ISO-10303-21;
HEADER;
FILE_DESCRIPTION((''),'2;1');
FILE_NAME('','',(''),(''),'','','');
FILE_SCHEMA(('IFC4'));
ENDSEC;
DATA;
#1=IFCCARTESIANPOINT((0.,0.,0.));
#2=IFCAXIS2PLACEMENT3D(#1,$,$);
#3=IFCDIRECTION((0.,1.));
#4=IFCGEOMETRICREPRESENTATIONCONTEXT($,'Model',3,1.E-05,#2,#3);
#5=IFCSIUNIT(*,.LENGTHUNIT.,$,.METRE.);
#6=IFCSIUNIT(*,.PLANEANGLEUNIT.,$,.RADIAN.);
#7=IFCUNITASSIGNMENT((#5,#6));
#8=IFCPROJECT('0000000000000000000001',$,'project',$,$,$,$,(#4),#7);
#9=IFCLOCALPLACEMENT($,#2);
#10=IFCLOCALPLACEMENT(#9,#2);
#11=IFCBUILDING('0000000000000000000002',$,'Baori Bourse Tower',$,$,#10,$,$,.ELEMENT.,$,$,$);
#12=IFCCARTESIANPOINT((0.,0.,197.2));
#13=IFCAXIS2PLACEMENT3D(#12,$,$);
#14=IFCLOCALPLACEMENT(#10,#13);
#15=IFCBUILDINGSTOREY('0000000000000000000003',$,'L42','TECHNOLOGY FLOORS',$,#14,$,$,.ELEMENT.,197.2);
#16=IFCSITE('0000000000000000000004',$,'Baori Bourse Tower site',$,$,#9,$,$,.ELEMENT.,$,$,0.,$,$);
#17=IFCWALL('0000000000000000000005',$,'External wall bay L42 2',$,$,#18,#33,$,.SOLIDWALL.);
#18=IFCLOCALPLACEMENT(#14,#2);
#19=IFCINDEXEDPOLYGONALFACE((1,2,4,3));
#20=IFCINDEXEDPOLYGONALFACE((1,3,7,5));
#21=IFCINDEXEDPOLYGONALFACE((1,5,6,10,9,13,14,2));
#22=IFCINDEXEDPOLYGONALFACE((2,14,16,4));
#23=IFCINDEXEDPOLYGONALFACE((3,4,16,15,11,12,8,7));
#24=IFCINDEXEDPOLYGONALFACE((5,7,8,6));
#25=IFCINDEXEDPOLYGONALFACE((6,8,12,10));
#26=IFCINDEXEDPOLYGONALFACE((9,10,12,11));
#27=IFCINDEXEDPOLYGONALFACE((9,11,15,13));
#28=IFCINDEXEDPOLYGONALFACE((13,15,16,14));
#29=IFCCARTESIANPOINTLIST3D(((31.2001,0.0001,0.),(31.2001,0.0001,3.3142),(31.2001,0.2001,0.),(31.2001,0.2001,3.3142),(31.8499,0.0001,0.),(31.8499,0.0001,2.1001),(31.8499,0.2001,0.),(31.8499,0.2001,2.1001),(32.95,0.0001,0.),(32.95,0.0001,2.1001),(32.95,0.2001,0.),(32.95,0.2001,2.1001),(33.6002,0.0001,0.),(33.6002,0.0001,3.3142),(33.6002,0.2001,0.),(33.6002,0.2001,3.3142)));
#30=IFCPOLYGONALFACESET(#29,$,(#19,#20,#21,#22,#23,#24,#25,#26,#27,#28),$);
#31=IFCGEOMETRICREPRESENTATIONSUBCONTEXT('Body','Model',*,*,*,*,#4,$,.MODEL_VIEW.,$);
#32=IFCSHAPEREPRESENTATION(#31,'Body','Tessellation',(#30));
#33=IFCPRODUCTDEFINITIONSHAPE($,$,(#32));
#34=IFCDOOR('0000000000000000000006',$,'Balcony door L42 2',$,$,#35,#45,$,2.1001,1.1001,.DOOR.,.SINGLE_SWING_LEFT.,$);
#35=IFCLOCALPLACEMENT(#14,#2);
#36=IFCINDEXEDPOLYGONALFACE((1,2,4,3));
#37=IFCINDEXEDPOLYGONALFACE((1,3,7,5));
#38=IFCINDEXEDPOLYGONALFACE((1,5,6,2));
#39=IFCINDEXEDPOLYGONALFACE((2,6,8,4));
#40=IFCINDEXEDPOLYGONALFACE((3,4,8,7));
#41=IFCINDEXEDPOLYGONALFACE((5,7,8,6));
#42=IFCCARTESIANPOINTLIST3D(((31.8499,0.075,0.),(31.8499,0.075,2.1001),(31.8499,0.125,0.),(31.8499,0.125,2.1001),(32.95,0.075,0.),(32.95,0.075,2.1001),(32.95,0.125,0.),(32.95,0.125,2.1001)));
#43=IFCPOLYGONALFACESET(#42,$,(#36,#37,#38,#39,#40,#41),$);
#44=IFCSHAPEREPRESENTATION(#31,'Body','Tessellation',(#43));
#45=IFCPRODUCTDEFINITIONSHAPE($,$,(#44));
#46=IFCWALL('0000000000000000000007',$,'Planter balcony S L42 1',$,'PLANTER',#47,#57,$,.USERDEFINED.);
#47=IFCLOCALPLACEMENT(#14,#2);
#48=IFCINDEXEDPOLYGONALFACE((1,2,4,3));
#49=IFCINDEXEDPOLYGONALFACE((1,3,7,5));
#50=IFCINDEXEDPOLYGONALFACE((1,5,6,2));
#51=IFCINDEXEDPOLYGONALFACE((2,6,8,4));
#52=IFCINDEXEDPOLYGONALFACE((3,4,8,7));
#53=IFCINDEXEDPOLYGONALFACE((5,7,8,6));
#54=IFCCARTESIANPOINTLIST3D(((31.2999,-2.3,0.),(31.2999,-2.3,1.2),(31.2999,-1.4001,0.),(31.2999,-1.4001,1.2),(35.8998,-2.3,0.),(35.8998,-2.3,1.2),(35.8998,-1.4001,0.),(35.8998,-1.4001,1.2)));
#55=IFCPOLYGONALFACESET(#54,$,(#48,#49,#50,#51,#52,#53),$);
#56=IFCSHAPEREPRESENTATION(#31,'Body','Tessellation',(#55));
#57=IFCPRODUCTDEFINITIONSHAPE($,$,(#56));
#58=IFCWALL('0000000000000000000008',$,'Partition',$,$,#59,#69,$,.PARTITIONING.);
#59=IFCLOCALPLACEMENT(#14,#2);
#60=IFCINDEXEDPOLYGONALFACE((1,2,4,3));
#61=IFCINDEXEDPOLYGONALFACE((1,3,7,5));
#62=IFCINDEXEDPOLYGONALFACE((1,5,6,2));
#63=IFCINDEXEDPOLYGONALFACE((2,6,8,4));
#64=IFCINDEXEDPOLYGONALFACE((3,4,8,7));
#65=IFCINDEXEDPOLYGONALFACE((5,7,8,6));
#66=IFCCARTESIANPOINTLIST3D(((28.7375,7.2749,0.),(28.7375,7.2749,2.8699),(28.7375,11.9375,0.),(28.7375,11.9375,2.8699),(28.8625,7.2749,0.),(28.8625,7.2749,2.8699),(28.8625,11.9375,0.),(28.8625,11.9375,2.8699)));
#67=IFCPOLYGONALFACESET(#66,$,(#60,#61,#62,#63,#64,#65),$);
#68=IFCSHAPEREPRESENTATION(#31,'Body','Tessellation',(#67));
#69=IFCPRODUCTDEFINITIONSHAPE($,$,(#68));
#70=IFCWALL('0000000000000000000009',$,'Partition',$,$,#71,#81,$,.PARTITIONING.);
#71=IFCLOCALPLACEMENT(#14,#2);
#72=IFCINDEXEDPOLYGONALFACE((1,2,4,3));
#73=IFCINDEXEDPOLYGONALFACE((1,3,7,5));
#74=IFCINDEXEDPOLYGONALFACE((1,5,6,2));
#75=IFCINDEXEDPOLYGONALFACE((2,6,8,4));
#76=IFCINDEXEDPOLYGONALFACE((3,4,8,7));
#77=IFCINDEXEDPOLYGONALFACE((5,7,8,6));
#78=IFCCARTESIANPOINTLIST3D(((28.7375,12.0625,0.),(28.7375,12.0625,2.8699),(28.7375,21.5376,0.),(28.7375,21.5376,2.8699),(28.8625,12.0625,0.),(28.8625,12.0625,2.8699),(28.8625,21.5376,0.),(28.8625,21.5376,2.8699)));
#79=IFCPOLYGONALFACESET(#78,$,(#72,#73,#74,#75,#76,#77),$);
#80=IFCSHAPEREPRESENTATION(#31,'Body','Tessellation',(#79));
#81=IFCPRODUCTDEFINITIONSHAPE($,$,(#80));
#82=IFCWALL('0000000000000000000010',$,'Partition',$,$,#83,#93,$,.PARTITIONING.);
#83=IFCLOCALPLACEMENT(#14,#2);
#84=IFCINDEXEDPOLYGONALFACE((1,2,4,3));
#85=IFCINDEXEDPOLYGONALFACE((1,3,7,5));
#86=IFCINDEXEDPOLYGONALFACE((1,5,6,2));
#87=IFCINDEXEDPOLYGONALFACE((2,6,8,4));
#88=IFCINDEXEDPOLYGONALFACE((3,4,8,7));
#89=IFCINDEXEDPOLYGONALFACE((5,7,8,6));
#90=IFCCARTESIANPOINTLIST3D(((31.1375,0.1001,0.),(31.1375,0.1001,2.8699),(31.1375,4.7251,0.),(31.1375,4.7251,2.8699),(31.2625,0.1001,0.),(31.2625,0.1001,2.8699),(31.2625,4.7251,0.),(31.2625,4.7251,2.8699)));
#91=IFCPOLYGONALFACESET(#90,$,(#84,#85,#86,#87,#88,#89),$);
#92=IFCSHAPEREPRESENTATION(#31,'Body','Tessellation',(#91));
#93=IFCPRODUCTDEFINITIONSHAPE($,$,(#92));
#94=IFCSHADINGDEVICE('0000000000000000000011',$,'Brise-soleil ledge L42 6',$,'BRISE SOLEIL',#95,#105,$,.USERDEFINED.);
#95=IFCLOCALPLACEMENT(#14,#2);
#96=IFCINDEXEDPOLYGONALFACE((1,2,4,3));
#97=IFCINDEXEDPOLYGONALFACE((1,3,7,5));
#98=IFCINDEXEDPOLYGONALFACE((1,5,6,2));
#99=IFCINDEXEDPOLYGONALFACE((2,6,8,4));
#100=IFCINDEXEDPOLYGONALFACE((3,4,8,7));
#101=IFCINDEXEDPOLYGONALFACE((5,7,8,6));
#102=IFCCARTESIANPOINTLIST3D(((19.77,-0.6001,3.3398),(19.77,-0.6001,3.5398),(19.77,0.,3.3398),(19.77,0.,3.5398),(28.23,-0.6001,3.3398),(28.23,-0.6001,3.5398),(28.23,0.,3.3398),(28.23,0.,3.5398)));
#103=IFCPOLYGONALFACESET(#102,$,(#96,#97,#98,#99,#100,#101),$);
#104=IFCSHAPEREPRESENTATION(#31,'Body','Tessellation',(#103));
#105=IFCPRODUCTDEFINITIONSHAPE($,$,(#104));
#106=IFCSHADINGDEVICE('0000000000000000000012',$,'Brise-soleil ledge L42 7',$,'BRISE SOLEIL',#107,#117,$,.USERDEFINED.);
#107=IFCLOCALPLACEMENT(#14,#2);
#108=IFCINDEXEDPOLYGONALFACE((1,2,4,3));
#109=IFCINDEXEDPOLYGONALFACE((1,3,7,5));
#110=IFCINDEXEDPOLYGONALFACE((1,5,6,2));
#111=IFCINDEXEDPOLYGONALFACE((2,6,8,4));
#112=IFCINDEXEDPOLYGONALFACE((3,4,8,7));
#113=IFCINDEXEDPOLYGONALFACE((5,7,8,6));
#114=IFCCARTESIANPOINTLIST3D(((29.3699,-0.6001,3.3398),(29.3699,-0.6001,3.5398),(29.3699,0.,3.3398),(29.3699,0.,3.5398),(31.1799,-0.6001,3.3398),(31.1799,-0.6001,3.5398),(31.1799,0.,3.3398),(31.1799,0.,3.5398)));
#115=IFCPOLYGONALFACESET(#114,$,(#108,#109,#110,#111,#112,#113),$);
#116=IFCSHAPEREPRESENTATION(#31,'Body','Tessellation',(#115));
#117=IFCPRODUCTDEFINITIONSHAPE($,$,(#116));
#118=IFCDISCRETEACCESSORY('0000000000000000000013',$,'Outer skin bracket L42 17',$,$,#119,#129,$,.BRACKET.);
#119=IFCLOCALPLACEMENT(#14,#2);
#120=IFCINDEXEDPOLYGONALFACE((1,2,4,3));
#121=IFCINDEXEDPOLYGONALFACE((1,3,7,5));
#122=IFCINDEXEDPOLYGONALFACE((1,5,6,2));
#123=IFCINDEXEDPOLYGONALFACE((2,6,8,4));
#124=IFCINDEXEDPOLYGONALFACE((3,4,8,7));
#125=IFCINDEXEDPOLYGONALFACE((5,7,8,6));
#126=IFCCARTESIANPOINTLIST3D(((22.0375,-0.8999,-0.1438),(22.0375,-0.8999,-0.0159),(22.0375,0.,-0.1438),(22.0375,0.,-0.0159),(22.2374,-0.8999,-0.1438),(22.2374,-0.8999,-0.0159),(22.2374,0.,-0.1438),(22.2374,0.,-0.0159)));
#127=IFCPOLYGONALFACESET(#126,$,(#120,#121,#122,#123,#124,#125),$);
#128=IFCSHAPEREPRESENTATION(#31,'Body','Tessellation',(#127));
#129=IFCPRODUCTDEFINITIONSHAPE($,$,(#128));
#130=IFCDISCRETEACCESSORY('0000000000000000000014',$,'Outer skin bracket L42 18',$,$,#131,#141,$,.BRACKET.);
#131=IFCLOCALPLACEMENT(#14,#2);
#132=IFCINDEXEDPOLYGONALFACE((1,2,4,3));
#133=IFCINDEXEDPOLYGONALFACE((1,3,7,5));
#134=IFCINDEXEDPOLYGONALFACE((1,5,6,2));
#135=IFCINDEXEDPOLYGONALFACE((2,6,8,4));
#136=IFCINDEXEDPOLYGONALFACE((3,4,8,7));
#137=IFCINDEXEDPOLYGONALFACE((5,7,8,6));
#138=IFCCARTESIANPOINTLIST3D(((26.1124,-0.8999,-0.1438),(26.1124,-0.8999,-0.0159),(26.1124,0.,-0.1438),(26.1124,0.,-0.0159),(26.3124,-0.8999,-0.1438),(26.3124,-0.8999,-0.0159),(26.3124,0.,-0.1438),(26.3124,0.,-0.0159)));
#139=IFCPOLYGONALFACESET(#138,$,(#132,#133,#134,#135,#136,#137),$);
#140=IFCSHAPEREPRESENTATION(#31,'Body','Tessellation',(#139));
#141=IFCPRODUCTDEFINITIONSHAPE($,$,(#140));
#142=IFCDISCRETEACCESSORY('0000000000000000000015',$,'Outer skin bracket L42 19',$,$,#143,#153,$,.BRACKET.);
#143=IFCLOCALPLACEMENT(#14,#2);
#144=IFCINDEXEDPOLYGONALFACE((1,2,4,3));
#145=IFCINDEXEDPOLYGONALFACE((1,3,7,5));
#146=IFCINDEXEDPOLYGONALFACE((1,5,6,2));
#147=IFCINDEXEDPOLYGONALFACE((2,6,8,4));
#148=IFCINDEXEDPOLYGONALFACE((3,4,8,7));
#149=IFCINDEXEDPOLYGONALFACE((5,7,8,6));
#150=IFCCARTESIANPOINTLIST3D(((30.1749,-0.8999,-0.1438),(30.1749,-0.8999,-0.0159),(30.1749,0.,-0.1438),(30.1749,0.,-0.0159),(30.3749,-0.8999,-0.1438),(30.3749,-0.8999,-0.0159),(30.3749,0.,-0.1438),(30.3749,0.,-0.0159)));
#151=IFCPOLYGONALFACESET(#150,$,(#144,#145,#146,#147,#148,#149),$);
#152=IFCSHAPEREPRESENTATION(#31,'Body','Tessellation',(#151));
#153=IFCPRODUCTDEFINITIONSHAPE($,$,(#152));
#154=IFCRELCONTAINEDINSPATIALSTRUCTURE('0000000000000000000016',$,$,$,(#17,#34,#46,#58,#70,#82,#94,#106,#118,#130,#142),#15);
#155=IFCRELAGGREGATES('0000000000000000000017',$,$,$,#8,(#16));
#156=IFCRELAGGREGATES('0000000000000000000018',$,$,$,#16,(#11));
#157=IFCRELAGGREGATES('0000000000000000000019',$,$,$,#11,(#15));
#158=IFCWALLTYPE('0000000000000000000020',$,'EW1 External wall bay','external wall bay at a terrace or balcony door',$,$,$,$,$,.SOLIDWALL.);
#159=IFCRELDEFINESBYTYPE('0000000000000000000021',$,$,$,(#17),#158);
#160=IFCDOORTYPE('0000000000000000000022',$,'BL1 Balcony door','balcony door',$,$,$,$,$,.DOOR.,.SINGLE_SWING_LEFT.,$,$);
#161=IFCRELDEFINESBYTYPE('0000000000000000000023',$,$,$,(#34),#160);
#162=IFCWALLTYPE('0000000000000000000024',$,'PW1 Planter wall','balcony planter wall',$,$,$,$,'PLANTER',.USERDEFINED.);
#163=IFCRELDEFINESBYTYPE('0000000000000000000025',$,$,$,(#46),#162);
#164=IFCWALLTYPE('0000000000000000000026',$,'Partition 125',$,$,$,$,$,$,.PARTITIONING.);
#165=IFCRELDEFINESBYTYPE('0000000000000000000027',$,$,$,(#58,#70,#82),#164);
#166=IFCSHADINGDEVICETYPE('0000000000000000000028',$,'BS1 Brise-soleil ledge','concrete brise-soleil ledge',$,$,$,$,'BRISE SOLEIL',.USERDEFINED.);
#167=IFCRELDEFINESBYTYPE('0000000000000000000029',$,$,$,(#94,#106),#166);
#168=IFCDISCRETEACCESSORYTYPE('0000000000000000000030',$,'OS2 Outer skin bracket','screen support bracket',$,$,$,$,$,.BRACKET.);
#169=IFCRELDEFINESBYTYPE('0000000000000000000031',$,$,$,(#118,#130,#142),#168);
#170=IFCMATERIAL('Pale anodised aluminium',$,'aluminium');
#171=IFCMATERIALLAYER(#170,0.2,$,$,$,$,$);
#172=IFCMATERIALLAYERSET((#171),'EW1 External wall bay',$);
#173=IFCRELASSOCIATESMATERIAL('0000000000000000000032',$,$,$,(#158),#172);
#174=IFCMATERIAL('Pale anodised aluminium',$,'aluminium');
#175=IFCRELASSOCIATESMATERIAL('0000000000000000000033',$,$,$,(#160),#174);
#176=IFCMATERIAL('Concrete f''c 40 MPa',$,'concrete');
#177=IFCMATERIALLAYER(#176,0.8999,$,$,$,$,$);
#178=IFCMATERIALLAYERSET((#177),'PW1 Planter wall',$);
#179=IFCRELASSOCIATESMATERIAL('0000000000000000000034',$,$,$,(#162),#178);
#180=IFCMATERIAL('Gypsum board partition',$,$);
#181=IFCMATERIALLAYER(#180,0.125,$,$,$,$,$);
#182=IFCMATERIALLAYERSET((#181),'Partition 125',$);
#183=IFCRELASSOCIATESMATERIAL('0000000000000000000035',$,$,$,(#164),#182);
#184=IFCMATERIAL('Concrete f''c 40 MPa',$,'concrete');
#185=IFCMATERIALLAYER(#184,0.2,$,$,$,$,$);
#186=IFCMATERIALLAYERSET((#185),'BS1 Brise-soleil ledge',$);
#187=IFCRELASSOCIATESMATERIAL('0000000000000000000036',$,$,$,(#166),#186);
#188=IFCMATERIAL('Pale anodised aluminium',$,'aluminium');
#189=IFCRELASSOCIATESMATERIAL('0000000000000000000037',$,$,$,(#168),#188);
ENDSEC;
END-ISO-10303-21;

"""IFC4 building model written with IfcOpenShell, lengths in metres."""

from ifc_helpers import new_model, si_unit, direction, frame, frame_2d, origin, origin_2d, place, context, subcontext, project, spatial, rectangle, extrude, material, layer, layer_set, type_object, element, fill, save


model = new_model("IFC4")

# Units and contexts
model_context = context("Model", 3, precision=1e-05, world=origin(), true_north=direction((0.0, 1.0)))
body_context = subcontext(model_context, "Body", "Model", "MODEL_VIEW")
ifc_project = project(units=[si_unit("LENGTHUNIT", "METRE"), si_unit("PLANEANGLEUNIT", "RADIAN")], contexts=[model_context])

# Site, building, storey
site_placement = place(None, origin())
site = spatial("IfcSite", under=ifc_project, at=site_placement, Name="Baori Bourse Tower site", CompositionType="ELEMENT", RefElevation=0.0)
building_placement = place(site_placement, origin())
building = spatial("IfcBuilding", under=site, at=building_placement, Name="Baori Bourse Tower", CompositionType="ELEMENT")
storey_placement = place(building_placement, frame((0.0, 0.0, 197.2)))
storey = spatial("IfcBuildingStorey", under=building, at=storey_placement, Name="L42", Description="TECHNOLOGY FLOORS", CompositionType="ELEMENT", Elevation=197.2)

# Wall, opening, door
ifc_material_1 = material(Name="Pale anodised aluminium", Category="aluminium")
ifc_layer_1 = layer(ifc_material_1, 0.2)
ifc_layer_set_1 = layer_set([ifc_layer_1], Name="EW1 External wall bay")
wall_type_1 = type_object("IfcWallType", Name="EW1 External wall bay", Description="external wall bay at a terrace or balcony door", PredefinedType="SOLIDWALL", material=ifc_layer_set_1)
wall_1_placement = place(storey_placement, frame((31.2, 0.1001, 0.0), z_axis=(0.0, 0.0, 1.0), x_axis=(1.0, 0.0, 0.0)))
wall_1 = element("IfcWall", 1, at=wall_1_placement, inside=storey, type_object=wall_type_1, Name="External wall bay L42 2", PredefinedType="SOLIDWALL", context=body_context, shape_type="SweptSolid", body=[
    extrude(rectangle(XDim=2.4001, YDim=0.2, at=frame_2d((1.2002, 0.0))), origin(), (0.0, 0.0, 1.0), 3.3142),
])
opening_placement = place(wall_1_placement, frame((0.6499, 0.0, 0.0)))
opening = element("IfcOpeningElement", 2, at=opening_placement, cuts=wall_1, PredefinedType="OPENING", context=body_context, shape_type="SweptSolid", body=[
    extrude(rectangle(XDim=1.1001, YDim=2.1001, at=frame_2d((0.55, 1.05))), frame((0.0, 0.1099, 0.0), z_axis=(0.0, -1.0, 0.0), x_axis=(1.0, 0.0, 0.0)), (0.0, 0.0, 1.0), 0.22),
])
ifc_material_2 = material(Name="Pale anodised aluminium", Category="aluminium")
door_type = type_object("IfcDoorType", Name="BL1 Balcony door", Description="balcony door", OperationType="SINGLE_SWING_LEFT", PredefinedType="DOOR", material=ifc_material_2)
door_placement = place(opening_placement, origin())
door = element("IfcDoor", 3, at=door_placement, inside=storey, type_object=door_type, Name="Balcony door L42 2", OperationType="SINGLE_SWING_LEFT", OverallHeight=2.1001, OverallWidth=1.1001, PredefinedType="DOOR", context=body_context, shape_type="SweptSolid", body=[
    extrude(rectangle(XDim=1.1001, YDim=2.1001, at=frame_2d((0.55, 1.05))), frame((0.0, 0.0249, 0.0), z_axis=(0.0, -1.0, 0.0), x_axis=(1.0, 0.0, 0.0)), (0.0, 0.0, 1.0), 0.05),
])
fill(opening, door)

# Walls
ifc_material_3 = material(Name="Concrete f'c 40 MPa", Category="concrete")
ifc_layer_2 = layer(ifc_material_3, 0.8999)
ifc_layer_set_2 = layer_set([ifc_layer_2], Name="PW1 Planter wall")
wall_type_2 = type_object("IfcWallType", Name="PW1 Planter wall", Description="balcony planter wall", ElementType="PLANTER", PredefinedType="USERDEFINED", material=ifc_layer_set_2)
wall_2_placement = place(storey_placement, frame((31.3, -1.8501, 0.0), z_axis=(0.0, 0.0, 1.0), x_axis=(1.0, 0.0, 0.0)))
element("IfcWall", 4, at=wall_2_placement, inside=storey, type_object=wall_type_2, Name="Planter balcony S L42 1", ObjectType="PLANTER", PredefinedType="USERDEFINED", context=body_context, shape_type="SweptSolid", body=[
    extrude(rectangle(XDim=4.5999, YDim=0.8999, at=frame_2d((2.2998, 0.0))), origin(), (0.0, 0.0, 1.0), 1.2),
])
ifc_material_4 = material(Name="Gypsum board partition")
ifc_layer_3 = layer(ifc_material_4, 0.125)
ifc_layer_set_3 = layer_set([ifc_layer_3], Name="Partition 125")
wall_type_3 = type_object("IfcWallType", Name="Partition 125", PredefinedType="PARTITIONING", material=ifc_layer_set_3)
wall_3_placement = place(storey_placement, frame((28.8, 7.2749, 0.0), z_axis=(0.0, 0.0, 1.0), x_axis=(0.0, 1.0, 0.0)))
element("IfcWall", 5, at=wall_3_placement, inside=storey, type_object=wall_type_3, Name="Partition", PredefinedType="PARTITIONING", context=body_context, shape_type="SweptSolid", body=[
    extrude(rectangle(XDim=4.6626, YDim=0.125, at=frame_2d((2.3313, 0.0))), origin(), (0.0, 0.0, 1.0), 2.8699),
])
wall_4_placement = place(storey_placement, frame((28.8, 12.0625, 0.0), z_axis=(0.0, 0.0, 1.0), x_axis=(0.0, 1.0, 0.0)))
element("IfcWall", 6, at=wall_4_placement, inside=storey, type_object=wall_type_3, Name="Partition", PredefinedType="PARTITIONING", context=body_context, shape_type="SweptSolid", body=[
    extrude(rectangle(XDim=9.4751, YDim=0.125, at=frame_2d((4.7375, 0.0))), origin(), (0.0, 0.0, 1.0), 2.8699),
])
wall_5_placement = place(storey_placement, frame((31.2, 0.1001, 0.0), z_axis=(0.0, 0.0, 1.0), x_axis=(0.0, 1.0, 0.0)))
element("IfcWall", 7, at=wall_5_placement, inside=storey, type_object=wall_type_3, Name="Partition", PredefinedType="PARTITIONING", context=body_context, shape_type="SweptSolid", body=[
    extrude(rectangle(XDim=4.625, YDim=0.125, at=frame_2d((2.3125, 0.0))), origin(), (0.0, 0.0, 1.0), 2.8699),
])

# Shading devices
ifc_material_5 = material(Name="Concrete f'c 40 MPa", Category="concrete")
ifc_layer_4 = layer(ifc_material_5, 0.2)
ifc_layer_set_4 = layer_set([ifc_layer_4], Name="BS1 Brise-soleil ledge")
shading_device_type = type_object("IfcShadingDeviceType", Name="BS1 Brise-soleil ledge", Description="concrete brise-soleil ledge", ElementType="BRISE SOLEIL", PredefinedType="USERDEFINED", material=ifc_layer_set_4)
shading_device_1_placement = place(storey_placement, frame((24.0, -0.3, 3.3398), z_axis=(0.0, 0.0, 1.0), x_axis=(1.0, 0.0, 0.0)))
element("IfcShadingDevice", 8, at=shading_device_1_placement, inside=storey, type_object=shading_device_type, Name="Brise-soleil ledge L42 6", ObjectType="BRISE SOLEIL", PredefinedType="USERDEFINED", context=body_context, shape_type="SweptSolid", body=[
    extrude(rectangle(XDim=8.46, YDim=0.6001, at=origin_2d()), origin(), (0.0, 0.0, 1.0), 0.2),
])
shading_device_2_placement = place(storey_placement, frame((30.2749, -0.3, 3.3398), z_axis=(0.0, 0.0, 1.0), x_axis=(1.0, 0.0, 0.0)))
element("IfcShadingDevice", 9, at=shading_device_2_placement, inside=storey, type_object=shading_device_type, Name="Brise-soleil ledge L42 7", ObjectType="BRISE SOLEIL", PredefinedType="USERDEFINED", context=body_context, shape_type="SweptSolid", body=[
    extrude(rectangle(XDim=1.8101, YDim=0.6001, at=origin_2d()), origin(), (0.0, 0.0, 1.0), 0.2),
])

# Discrete accessories
ifc_material_6 = material(Name="Pale anodised aluminium", Category="aluminium")
discrete_accessory_type = type_object("IfcDiscreteAccessoryType", Name="OS2 Outer skin bracket", Description="screen support bracket", PredefinedType="BRACKET", material=ifc_material_6)
for number, where, z_axis, x_axis, name in (
    (10, (22.1375, -0.45, -0.1438), (0.0, 0.0, 1.0), (1.0, 0.0, 0.0), "Outer skin bracket L42 17"),
    (11, (26.2124, -0.45, -0.1438), (0.0, 0.0, 1.0), (1.0, 0.0, 0.0), "Outer skin bracket L42 18"),
    (12, (30.2749, -0.45, -0.1438), (0.0, 0.0, 1.0), (1.0, 0.0, 0.0), "Outer skin bracket L42 19"),
):
    element("IfcDiscreteAccessory", number, at=place(storey_placement, frame(where, z_axis=z_axis, x_axis=x_axis)), inside=storey, type_object=discrete_accessory_type, Name=name, PredefinedType="BRACKET", context=body_context, shape_type="SweptSolid", body=[
        extrude(rectangle(XDim=0.2, YDim=0.8999, at=origin_2d()), origin(), (0.0, 0.0, 1.0), 0.1279),
    ])

save(model, "model.ifc")
